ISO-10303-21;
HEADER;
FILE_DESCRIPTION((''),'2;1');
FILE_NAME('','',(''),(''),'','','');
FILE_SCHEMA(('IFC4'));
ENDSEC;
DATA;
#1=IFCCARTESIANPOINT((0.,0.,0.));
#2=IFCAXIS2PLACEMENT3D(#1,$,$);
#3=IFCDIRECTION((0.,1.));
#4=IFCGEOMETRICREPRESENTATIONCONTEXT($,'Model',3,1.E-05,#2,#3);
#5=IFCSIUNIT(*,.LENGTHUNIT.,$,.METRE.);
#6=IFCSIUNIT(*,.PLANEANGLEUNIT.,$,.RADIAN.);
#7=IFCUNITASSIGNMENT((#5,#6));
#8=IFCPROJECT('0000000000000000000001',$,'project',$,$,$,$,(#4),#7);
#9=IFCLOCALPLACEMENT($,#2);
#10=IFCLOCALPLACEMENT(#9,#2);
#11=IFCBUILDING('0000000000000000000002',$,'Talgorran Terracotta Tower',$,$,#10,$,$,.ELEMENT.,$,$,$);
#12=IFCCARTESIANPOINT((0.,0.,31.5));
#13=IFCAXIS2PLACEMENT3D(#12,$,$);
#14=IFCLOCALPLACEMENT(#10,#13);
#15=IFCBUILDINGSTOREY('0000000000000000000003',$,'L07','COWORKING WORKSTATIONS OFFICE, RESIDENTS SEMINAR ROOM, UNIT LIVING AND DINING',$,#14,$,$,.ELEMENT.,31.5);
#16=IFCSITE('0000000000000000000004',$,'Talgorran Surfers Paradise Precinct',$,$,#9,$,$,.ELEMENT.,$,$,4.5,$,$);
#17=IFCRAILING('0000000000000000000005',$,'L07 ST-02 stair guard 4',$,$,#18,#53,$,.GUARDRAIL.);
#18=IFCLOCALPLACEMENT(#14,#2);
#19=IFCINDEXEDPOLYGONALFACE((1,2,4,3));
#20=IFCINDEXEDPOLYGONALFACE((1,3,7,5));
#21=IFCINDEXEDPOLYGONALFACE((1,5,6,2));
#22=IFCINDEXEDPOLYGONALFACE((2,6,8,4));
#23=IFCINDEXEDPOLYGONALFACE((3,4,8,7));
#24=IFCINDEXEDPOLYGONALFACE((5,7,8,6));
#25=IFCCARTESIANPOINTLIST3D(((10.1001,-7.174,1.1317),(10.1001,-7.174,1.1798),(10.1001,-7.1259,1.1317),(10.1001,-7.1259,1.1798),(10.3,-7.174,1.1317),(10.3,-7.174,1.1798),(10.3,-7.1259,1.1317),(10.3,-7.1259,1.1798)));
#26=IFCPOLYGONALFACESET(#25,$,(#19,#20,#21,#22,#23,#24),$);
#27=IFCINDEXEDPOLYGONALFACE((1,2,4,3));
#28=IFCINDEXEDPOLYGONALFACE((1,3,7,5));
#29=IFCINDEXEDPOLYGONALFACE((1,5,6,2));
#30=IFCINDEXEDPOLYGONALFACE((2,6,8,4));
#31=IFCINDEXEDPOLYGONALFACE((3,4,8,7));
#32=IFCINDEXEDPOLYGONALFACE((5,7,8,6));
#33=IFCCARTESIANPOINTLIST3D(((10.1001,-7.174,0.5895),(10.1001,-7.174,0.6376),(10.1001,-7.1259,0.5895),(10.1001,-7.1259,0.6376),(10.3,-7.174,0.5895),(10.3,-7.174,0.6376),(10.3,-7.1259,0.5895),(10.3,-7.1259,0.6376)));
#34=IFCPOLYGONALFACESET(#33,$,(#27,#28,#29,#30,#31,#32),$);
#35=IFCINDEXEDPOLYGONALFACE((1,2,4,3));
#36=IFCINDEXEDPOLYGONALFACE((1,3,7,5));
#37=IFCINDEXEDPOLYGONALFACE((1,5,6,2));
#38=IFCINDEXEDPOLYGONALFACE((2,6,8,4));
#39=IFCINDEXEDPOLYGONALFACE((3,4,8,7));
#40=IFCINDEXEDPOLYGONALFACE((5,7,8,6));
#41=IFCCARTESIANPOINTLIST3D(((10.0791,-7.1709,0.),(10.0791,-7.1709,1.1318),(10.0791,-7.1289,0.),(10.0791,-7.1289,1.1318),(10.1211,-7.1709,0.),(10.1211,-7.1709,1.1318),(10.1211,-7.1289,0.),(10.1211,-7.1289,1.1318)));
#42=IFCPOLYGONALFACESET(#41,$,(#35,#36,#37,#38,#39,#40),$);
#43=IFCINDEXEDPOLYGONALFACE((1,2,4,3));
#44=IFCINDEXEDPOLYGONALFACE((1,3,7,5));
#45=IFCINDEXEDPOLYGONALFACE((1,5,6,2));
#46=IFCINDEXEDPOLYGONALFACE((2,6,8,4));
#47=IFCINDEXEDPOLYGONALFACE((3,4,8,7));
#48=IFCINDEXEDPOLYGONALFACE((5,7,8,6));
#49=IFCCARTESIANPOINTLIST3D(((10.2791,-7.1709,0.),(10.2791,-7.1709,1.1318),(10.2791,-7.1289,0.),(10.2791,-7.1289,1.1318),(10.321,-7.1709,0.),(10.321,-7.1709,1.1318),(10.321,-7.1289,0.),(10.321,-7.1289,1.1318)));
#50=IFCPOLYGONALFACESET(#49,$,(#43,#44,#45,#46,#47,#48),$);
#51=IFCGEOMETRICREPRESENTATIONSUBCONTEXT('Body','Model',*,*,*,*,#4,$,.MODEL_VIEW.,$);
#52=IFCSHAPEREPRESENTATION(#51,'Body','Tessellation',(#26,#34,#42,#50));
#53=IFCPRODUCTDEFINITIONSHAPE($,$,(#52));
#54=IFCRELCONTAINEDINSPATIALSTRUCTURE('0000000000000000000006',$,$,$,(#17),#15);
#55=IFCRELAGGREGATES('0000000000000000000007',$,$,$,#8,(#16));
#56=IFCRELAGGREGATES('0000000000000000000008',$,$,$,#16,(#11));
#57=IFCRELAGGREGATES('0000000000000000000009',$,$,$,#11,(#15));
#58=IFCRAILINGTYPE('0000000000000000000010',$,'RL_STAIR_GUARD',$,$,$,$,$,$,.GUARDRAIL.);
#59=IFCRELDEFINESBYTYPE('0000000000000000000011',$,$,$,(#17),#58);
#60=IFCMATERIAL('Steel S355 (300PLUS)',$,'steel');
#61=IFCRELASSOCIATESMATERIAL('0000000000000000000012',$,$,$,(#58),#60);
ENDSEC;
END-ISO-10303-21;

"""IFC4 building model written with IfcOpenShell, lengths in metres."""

from ifc_helpers import new_model, si_unit, direction, frame, origin, origin_2d, place, context, subcontext, project, spatial, rectangle, extrude, material, type_object, element, save


model = new_model("IFC4")

# Units and contexts
model_context = context("Model", 3, precision=1e-05, world=origin(), true_north=direction((0.0, 1.0)))
body_context = subcontext(model_context, "Body", "Model", "MODEL_VIEW")
ifc_project = project(units=[si_unit("LENGTHUNIT", "METRE"), si_unit("PLANEANGLEUNIT", "RADIAN")], contexts=[model_context])

# Site, building, storey
site_placement = place(None, origin())
site = spatial("IfcSite", under=ifc_project, at=site_placement, Name="Talgorran Surfers Paradise Precinct", CompositionType="ELEMENT", RefElevation=4.5)
building_placement = place(site_placement, origin())
building = spatial("IfcBuilding", under=site, at=building_placement, Name="Talgorran Terracotta Tower", CompositionType="ELEMENT")
storey_placement = place(building_placement, frame((0.0, 0.0, 31.5)))
storey = spatial("IfcBuildingStorey", under=building, at=storey_placement, Name="L07", Description="COWORKING WORKSTATIONS OFFICE, RESIDENTS SEMINAR ROOM, UNIT LIVING AND DINING", CompositionType="ELEMENT", Elevation=31.5)

# Shared definitions
ifc_material_1 = material(Name="Steel S355 (300PLUS)", Category="steel")

# Railing
railing_type_1 = type_object("IfcRailingType", Name="RL_STAIR_GUARD", PredefinedType="GUARDRAIL", material=ifc_material_1)
railing_1_placement = place(storey_placement, frame((10.1001, -7.1499, 0.0)))
element("IfcRailing", 1, at=railing_1_placement, inside=storey, type_object=railing_type_1, Name="L07 ST-02 stair guard 4", PredefinedType="GUARDRAIL", context=body_context, shape_type="SweptSolid", body=[
    extrude(rectangle(XDim=0.0481, YDim=0.0481, at=origin_2d()), frame((0.0, 0.0, 1.1558), z_axis=(1.0, 0.0, 0.0), x_axis=(0.0, 1.0, 0.0)), (0.0, 0.0, 1.0), 0.2),
    extrude(rectangle(XDim=0.0481, YDim=0.0481, at=origin_2d()), frame((0.0, 0.0, 0.6135), z_axis=(1.0, 0.0, 0.0), x_axis=(0.0, 1.0, 0.0)), (0.0, 0.0, 1.0), 0.2),
    extrude(rectangle(XDim=0.042, YDim=0.042, at=origin_2d()), origin(), (0.0, 0.0, 1.0), 1.1318),
    extrude(rectangle(XDim=0.042, YDim=0.042, at=origin_2d()), frame((0.2, 0.0, 0.0)), (0.0, 0.0, 1.0), 1.1318),
])

save(model, "model.ifc")
